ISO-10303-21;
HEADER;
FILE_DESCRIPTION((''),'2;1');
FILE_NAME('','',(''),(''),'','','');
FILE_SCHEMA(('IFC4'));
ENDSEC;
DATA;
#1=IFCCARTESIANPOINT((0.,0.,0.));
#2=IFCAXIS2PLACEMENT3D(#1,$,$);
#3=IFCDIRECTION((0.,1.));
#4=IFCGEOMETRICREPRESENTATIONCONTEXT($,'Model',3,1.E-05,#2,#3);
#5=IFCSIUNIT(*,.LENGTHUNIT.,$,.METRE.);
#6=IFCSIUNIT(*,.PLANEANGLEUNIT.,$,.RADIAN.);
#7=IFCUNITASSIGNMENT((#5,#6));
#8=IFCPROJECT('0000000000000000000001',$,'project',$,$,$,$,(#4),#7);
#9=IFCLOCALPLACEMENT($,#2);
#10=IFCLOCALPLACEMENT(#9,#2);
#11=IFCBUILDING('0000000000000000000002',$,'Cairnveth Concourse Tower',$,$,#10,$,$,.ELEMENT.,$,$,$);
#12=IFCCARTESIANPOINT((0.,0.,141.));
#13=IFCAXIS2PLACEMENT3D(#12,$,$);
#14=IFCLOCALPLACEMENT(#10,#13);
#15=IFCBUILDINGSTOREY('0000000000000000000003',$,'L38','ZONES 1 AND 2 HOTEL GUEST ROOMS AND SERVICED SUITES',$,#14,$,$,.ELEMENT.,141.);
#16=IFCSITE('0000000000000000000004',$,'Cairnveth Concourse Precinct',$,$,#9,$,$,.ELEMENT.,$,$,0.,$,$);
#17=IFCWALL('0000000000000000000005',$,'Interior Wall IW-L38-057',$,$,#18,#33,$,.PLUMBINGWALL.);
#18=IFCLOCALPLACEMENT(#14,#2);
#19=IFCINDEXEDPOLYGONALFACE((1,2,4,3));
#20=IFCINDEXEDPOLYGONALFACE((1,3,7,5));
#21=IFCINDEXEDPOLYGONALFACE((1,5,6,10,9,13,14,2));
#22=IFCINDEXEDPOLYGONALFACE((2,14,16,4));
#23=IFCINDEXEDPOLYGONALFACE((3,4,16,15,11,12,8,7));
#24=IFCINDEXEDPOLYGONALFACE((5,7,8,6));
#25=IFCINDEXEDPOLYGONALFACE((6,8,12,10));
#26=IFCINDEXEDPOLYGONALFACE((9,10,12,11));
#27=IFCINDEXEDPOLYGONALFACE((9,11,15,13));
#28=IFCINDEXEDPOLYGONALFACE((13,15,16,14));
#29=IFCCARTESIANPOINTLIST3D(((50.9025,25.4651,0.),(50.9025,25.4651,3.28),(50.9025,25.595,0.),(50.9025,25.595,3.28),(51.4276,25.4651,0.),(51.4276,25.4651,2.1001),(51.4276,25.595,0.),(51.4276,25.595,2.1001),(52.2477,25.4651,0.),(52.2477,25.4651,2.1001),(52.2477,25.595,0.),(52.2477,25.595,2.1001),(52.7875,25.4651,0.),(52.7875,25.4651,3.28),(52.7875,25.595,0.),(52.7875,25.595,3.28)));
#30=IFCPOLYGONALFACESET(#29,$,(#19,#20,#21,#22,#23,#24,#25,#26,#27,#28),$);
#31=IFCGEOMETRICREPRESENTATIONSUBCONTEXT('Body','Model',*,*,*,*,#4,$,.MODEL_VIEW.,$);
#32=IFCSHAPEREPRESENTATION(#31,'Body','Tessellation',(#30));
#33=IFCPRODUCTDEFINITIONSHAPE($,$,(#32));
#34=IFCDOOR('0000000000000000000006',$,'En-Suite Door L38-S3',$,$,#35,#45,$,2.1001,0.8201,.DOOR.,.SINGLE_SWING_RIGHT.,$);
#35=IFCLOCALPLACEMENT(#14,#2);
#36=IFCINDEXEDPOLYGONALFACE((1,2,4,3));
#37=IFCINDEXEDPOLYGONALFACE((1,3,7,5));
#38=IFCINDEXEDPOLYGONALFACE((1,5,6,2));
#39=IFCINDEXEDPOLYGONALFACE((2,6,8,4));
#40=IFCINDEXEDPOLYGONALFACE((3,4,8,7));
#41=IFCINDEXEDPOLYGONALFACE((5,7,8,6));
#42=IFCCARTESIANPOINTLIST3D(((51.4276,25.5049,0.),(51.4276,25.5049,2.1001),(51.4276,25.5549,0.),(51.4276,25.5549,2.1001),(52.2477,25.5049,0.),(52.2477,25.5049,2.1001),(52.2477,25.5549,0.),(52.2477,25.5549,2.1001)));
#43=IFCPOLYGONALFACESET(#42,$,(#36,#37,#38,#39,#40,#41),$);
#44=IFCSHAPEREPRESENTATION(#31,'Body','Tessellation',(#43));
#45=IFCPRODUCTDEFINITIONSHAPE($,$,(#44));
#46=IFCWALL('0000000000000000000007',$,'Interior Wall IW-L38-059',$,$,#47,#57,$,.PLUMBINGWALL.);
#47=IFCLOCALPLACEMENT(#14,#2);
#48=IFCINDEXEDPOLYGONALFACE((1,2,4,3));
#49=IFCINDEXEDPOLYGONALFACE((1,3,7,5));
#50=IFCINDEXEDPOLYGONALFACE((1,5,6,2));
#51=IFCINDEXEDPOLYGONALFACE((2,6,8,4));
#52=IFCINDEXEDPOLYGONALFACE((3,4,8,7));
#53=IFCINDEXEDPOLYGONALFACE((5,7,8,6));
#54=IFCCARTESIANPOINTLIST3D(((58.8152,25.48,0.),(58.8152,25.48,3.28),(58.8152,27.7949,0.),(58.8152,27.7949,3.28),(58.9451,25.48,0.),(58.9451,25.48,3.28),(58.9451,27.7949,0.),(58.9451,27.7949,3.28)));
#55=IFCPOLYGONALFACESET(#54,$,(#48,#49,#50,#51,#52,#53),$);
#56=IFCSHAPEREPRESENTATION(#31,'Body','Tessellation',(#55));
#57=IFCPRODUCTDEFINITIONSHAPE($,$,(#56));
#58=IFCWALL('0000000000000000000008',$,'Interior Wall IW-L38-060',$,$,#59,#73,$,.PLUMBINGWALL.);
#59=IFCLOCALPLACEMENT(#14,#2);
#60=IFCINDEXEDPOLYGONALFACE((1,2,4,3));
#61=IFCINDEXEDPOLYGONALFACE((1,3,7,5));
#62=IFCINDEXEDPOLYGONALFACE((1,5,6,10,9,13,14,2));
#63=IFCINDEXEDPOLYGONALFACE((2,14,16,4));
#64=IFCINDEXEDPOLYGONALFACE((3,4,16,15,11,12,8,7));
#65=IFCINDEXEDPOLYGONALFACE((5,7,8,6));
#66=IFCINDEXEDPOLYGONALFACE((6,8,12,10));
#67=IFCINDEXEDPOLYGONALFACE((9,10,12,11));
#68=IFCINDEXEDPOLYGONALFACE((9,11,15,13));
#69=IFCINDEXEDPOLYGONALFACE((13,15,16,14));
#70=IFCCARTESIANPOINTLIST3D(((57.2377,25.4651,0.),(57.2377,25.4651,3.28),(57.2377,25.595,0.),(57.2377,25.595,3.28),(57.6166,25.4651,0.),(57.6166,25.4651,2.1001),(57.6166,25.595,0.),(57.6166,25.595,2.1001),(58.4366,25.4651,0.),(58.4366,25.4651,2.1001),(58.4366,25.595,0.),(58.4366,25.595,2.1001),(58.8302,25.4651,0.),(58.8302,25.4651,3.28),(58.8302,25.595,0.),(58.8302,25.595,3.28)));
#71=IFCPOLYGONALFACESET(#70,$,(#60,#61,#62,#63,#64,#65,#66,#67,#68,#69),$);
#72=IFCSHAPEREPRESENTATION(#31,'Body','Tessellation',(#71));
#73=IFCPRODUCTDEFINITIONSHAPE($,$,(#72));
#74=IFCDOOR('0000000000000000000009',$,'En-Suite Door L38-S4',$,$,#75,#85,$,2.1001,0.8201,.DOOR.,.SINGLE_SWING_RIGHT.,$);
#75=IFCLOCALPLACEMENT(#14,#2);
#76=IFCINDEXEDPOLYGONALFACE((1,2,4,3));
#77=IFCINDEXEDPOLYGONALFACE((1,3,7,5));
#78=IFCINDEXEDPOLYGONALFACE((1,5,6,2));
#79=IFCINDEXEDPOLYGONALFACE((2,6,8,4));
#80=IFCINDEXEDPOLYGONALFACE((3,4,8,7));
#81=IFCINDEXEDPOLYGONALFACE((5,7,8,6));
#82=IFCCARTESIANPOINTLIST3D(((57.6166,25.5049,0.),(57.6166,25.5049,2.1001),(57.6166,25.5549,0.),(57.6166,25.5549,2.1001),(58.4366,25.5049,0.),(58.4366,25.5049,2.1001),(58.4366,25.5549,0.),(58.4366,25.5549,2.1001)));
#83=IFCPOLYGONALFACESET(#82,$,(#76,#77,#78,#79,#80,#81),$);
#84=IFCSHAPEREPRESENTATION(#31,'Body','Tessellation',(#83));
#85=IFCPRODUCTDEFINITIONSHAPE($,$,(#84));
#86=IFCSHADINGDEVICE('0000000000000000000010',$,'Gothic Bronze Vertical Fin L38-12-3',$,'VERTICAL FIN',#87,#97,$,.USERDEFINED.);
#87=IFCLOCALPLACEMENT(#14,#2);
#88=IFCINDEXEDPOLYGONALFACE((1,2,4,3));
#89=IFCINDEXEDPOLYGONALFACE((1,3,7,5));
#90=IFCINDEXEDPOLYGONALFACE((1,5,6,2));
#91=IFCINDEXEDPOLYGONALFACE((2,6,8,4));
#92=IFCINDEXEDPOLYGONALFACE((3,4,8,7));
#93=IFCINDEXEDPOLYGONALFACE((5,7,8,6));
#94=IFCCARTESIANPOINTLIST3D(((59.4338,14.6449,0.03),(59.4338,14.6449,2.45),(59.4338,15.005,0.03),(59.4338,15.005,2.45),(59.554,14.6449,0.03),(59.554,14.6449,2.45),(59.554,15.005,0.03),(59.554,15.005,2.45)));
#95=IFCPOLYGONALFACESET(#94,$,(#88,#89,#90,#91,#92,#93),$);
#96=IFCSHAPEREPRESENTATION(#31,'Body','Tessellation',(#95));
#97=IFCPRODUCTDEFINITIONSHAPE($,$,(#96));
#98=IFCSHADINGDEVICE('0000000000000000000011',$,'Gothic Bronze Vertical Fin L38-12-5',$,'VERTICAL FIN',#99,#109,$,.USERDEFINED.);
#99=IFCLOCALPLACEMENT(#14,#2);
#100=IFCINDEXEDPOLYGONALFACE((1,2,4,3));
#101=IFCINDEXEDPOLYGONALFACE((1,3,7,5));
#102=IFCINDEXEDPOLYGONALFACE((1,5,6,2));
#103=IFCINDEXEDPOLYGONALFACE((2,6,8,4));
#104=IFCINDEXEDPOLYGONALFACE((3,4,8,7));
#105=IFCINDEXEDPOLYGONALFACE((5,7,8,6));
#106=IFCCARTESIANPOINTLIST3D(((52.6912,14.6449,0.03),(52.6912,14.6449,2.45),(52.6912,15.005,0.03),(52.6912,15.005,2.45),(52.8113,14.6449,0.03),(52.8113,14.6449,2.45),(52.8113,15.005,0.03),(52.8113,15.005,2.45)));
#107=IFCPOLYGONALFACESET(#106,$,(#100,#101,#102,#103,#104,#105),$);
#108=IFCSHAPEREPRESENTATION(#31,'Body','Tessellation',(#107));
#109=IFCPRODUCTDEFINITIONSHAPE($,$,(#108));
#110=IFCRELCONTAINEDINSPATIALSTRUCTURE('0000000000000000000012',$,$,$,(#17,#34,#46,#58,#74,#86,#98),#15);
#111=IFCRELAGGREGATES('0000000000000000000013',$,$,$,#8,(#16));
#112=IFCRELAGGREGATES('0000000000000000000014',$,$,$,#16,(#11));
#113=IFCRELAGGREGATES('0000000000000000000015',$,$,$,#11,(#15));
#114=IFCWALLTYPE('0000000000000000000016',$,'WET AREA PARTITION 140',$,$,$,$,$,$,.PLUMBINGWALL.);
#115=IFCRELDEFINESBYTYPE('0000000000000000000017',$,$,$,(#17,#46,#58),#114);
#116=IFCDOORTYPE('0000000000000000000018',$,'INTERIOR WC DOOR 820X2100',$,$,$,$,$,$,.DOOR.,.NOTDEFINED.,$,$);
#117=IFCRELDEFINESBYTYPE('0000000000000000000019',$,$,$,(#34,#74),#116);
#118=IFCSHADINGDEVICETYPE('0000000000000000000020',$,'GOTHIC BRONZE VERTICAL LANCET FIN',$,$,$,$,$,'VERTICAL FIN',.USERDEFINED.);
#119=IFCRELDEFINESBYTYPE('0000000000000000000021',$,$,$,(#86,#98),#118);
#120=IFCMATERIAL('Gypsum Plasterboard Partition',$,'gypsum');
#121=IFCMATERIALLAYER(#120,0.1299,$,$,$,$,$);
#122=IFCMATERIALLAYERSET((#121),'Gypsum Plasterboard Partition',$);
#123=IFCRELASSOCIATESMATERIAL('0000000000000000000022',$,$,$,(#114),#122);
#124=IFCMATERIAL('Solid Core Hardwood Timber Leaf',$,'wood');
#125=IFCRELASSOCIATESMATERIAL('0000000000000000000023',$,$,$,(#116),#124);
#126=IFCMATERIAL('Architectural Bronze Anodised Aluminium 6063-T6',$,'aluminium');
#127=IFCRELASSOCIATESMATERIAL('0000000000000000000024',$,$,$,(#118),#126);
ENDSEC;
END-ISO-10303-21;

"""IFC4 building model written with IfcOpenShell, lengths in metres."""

from ifc_helpers import new_model, si_unit, direction, frame, frame_2d, origin, origin_2d, place, context, subcontext, project, spatial, rectangle, extrude, material, layer, layer_set, type_object, element, fill, save


model = new_model("IFC4")

# Units and contexts
model_context = context("Model", 3, precision=1e-05, world=origin(), true_north=direction((0.0, 1.0)))
body_context = subcontext(model_context, "Body", "Model", "MODEL_VIEW")
ifc_project = project(units=[si_unit("LENGTHUNIT", "METRE"), si_unit("PLANEANGLEUNIT", "RADIAN")], contexts=[model_context])

# Site, building, storey
site_placement = place(None, origin())
site = spatial("IfcSite", under=ifc_project, at=site_placement, Name="Cairnveth Concourse Precinct", CompositionType="ELEMENT", RefElevation=0.0)
building_placement = place(site_placement, origin())
building = spatial("IfcBuilding", under=site, at=building_placement, Name="Cairnveth Concourse Tower", CompositionType="ELEMENT")
storey_placement = place(building_placement, frame((0.0, 0.0, 141.0)))
storey = spatial("IfcBuildingStorey", under=building, at=storey_placement, Name="L38", Description="ZONES 1 AND 2 HOTEL GUEST ROOMS AND SERVICED SUITES", CompositionType="ELEMENT", Elevation=141.0)

# Shared definitions
ifc_material_1 = material(Name="Gypsum Plasterboard Partition", Category="gypsum")
ifc_layer_1 = layer(ifc_material_1, 0.1299)
ifc_layer_set_1 = layer_set([ifc_layer_1], Name="Gypsum Plasterboard Partition")
wall_type_1 = type_object("IfcWallType", Name="WET AREA PARTITION 140", PredefinedType="PLUMBINGWALL", material=ifc_layer_set_1)

# Wall, opening, door
wall_1_placement = place(storey_placement, frame((50.9026, 25.53, 0.0), z_axis=(0.0, 0.0, 1.0), x_axis=(1.0, 0.0, 0.0)))
wall_1 = element("IfcWall", 1, at=wall_1_placement, inside=storey, type_object=wall_type_1, Name="Interior Wall IW-L38-057", PredefinedType="PLUMBINGWALL", context=body_context, shape_type="SweptSolid", body=[
    extrude(rectangle(XDim=1.885, YDim=0.1299, at=frame_2d((0.9424, 0.0))), origin(), (0.0, 0.0, 1.0), 3.28),
])
opening_1_placement = place(wall_1_placement, frame((0.5249, 0.0, 0.0)))
opening_1 = element("IfcOpeningElement", 2, at=opening_1_placement, cuts=wall_1, PredefinedType="OPENING", context=body_context, shape_type="SweptSolid", body=[
    extrude(rectangle(XDim=0.8201, YDim=2.1001, at=frame_2d((0.4102, 1.05))), frame((0.0, 0.075, 0.0), z_axis=(0.0, -1.0, 0.0), x_axis=(1.0, 0.0, 0.0)), (0.0, 0.0, 1.0), 0.1499),
])
ifc_material_2 = material(Name="Solid Core Hardwood Timber Leaf", Category="wood")
door_type = type_object("IfcDoorType", Name="INTERIOR WC DOOR 820X2100", OperationType="NOTDEFINED", PredefinedType="DOOR", material=ifc_material_2)
door_1_placement = place(opening_1_placement, origin())
door_1 = element("IfcDoor", 3, at=door_1_placement, inside=storey, type_object=door_type, Name="En-Suite Door L38-S3", OperationType="SINGLE_SWING_RIGHT", OverallHeight=2.1001, OverallWidth=0.8201, PredefinedType="DOOR", context=body_context, shape_type="SweptSolid", body=[
    extrude(rectangle(XDim=0.8201, YDim=2.1001, at=frame_2d((0.4102, 1.05))), frame((0.0, 0.0249, 0.0), z_axis=(0.0, -1.0, 0.0), x_axis=(1.0, 0.0, 0.0)), (0.0, 0.0, 1.0), 0.05),
])
fill(opening_1, door_1)

# Wall
wall_2_placement = place(storey_placement, frame((58.8801, 25.48, 0.0), z_axis=(0.0, 0.0, 1.0), x_axis=(0.0, 1.0, 0.0)))
element("IfcWall", 4, at=wall_2_placement, inside=storey, type_object=wall_type_1, Name="Interior Wall IW-L38-059", PredefinedType="PLUMBINGWALL", context=body_context, shape_type="SweptSolid", body=[
    extrude(rectangle(XDim=2.3149, YDim=0.1299, at=frame_2d((1.1575, 0.0))), origin(), (0.0, 0.0, 1.0), 3.28),
])

# Wall, opening, door
wall_3_placement = place(storey_placement, frame((57.2375, 25.53, 0.0), z_axis=(0.0, 0.0, 1.0), x_axis=(1.0, 0.0, 0.0)))
wall_3 = element("IfcWall", 5, at=wall_3_placement, inside=storey, type_object=wall_type_1, Name="Interior Wall IW-L38-060", PredefinedType="PLUMBINGWALL", context=body_context, shape_type="SweptSolid", body=[
    extrude(rectangle(XDim=1.5925, YDim=0.1299, at=frame_2d((0.7964, 0.0))), origin(), (0.0, 0.0, 1.0), 3.28),
])
opening_2_placement = place(wall_3_placement, frame((0.3789, 0.0, 0.0)))
opening_2 = element("IfcOpeningElement", 6, at=opening_2_placement, cuts=wall_3, PredefinedType="OPENING", context=body_context, shape_type="SweptSolid", body=[
    extrude(rectangle(XDim=0.8201, YDim=2.1001, at=frame_2d((0.4102, 1.05))), frame((0.0, 0.075, 0.0), z_axis=(0.0, -1.0, 0.0), x_axis=(1.0, 0.0, 0.0)), (0.0, 0.0, 1.0), 0.1499),
])
door_2_placement = place(opening_2_placement, origin())
door_2 = element("IfcDoor", 7, at=door_2_placement, inside=storey, type_object=door_type, Name="En-Suite Door L38-S4", OperationType="SINGLE_SWING_RIGHT", OverallHeight=2.1001, OverallWidth=0.8201, PredefinedType="DOOR", context=body_context, shape_type="SweptSolid", body=[
    extrude(rectangle(XDim=0.8201, YDim=2.1001, at=frame_2d((0.4102, 1.05))), frame((0.0, 0.0249, 0.0), z_axis=(0.0, -1.0, 0.0), x_axis=(1.0, 0.0, 0.0)), (0.0, 0.0, 1.0), 0.05),
])
fill(opening_2, door_2)

# Shading devices
ifc_material_3 = material(Name="Architectural Bronze Anodised Aluminium 6063-T6", Category="aluminium")
shading_device_type = type_object("IfcShadingDeviceType", Name="GOTHIC BRONZE VERTICAL LANCET FIN", ElementType="VERTICAL FIN", PredefinedType="USERDEFINED", material=ifc_material_3)
for number, where, z_axis, x_axis, name in (
    (8, (59.4939, 14.825, 0.03), (0.0, 0.0, 1.0), (1.0, 0.0, 0.0), "Gothic Bronze Vertical Fin L38-12-3"),
    (9, (52.7512, 14.825, 0.03), (0.0, 0.0, 1.0), (1.0, 0.0, 0.0), "Gothic Bronze Vertical Fin L38-12-5"),
):
    element("IfcShadingDevice", number, at=place(storey_placement, frame(where, z_axis=z_axis, x_axis=x_axis)), inside=storey, type_object=shading_device_type, Name=name, ObjectType="VERTICAL FIN", PredefinedType="USERDEFINED", context=body_context, shape_type="SweptSolid", body=[
        extrude(rectangle(XDim=0.1201, YDim=0.3601, at=origin_2d()), origin(), (0.0, 0.0, 1.0), 2.4199),
    ])

save(model, "model.ifc")
